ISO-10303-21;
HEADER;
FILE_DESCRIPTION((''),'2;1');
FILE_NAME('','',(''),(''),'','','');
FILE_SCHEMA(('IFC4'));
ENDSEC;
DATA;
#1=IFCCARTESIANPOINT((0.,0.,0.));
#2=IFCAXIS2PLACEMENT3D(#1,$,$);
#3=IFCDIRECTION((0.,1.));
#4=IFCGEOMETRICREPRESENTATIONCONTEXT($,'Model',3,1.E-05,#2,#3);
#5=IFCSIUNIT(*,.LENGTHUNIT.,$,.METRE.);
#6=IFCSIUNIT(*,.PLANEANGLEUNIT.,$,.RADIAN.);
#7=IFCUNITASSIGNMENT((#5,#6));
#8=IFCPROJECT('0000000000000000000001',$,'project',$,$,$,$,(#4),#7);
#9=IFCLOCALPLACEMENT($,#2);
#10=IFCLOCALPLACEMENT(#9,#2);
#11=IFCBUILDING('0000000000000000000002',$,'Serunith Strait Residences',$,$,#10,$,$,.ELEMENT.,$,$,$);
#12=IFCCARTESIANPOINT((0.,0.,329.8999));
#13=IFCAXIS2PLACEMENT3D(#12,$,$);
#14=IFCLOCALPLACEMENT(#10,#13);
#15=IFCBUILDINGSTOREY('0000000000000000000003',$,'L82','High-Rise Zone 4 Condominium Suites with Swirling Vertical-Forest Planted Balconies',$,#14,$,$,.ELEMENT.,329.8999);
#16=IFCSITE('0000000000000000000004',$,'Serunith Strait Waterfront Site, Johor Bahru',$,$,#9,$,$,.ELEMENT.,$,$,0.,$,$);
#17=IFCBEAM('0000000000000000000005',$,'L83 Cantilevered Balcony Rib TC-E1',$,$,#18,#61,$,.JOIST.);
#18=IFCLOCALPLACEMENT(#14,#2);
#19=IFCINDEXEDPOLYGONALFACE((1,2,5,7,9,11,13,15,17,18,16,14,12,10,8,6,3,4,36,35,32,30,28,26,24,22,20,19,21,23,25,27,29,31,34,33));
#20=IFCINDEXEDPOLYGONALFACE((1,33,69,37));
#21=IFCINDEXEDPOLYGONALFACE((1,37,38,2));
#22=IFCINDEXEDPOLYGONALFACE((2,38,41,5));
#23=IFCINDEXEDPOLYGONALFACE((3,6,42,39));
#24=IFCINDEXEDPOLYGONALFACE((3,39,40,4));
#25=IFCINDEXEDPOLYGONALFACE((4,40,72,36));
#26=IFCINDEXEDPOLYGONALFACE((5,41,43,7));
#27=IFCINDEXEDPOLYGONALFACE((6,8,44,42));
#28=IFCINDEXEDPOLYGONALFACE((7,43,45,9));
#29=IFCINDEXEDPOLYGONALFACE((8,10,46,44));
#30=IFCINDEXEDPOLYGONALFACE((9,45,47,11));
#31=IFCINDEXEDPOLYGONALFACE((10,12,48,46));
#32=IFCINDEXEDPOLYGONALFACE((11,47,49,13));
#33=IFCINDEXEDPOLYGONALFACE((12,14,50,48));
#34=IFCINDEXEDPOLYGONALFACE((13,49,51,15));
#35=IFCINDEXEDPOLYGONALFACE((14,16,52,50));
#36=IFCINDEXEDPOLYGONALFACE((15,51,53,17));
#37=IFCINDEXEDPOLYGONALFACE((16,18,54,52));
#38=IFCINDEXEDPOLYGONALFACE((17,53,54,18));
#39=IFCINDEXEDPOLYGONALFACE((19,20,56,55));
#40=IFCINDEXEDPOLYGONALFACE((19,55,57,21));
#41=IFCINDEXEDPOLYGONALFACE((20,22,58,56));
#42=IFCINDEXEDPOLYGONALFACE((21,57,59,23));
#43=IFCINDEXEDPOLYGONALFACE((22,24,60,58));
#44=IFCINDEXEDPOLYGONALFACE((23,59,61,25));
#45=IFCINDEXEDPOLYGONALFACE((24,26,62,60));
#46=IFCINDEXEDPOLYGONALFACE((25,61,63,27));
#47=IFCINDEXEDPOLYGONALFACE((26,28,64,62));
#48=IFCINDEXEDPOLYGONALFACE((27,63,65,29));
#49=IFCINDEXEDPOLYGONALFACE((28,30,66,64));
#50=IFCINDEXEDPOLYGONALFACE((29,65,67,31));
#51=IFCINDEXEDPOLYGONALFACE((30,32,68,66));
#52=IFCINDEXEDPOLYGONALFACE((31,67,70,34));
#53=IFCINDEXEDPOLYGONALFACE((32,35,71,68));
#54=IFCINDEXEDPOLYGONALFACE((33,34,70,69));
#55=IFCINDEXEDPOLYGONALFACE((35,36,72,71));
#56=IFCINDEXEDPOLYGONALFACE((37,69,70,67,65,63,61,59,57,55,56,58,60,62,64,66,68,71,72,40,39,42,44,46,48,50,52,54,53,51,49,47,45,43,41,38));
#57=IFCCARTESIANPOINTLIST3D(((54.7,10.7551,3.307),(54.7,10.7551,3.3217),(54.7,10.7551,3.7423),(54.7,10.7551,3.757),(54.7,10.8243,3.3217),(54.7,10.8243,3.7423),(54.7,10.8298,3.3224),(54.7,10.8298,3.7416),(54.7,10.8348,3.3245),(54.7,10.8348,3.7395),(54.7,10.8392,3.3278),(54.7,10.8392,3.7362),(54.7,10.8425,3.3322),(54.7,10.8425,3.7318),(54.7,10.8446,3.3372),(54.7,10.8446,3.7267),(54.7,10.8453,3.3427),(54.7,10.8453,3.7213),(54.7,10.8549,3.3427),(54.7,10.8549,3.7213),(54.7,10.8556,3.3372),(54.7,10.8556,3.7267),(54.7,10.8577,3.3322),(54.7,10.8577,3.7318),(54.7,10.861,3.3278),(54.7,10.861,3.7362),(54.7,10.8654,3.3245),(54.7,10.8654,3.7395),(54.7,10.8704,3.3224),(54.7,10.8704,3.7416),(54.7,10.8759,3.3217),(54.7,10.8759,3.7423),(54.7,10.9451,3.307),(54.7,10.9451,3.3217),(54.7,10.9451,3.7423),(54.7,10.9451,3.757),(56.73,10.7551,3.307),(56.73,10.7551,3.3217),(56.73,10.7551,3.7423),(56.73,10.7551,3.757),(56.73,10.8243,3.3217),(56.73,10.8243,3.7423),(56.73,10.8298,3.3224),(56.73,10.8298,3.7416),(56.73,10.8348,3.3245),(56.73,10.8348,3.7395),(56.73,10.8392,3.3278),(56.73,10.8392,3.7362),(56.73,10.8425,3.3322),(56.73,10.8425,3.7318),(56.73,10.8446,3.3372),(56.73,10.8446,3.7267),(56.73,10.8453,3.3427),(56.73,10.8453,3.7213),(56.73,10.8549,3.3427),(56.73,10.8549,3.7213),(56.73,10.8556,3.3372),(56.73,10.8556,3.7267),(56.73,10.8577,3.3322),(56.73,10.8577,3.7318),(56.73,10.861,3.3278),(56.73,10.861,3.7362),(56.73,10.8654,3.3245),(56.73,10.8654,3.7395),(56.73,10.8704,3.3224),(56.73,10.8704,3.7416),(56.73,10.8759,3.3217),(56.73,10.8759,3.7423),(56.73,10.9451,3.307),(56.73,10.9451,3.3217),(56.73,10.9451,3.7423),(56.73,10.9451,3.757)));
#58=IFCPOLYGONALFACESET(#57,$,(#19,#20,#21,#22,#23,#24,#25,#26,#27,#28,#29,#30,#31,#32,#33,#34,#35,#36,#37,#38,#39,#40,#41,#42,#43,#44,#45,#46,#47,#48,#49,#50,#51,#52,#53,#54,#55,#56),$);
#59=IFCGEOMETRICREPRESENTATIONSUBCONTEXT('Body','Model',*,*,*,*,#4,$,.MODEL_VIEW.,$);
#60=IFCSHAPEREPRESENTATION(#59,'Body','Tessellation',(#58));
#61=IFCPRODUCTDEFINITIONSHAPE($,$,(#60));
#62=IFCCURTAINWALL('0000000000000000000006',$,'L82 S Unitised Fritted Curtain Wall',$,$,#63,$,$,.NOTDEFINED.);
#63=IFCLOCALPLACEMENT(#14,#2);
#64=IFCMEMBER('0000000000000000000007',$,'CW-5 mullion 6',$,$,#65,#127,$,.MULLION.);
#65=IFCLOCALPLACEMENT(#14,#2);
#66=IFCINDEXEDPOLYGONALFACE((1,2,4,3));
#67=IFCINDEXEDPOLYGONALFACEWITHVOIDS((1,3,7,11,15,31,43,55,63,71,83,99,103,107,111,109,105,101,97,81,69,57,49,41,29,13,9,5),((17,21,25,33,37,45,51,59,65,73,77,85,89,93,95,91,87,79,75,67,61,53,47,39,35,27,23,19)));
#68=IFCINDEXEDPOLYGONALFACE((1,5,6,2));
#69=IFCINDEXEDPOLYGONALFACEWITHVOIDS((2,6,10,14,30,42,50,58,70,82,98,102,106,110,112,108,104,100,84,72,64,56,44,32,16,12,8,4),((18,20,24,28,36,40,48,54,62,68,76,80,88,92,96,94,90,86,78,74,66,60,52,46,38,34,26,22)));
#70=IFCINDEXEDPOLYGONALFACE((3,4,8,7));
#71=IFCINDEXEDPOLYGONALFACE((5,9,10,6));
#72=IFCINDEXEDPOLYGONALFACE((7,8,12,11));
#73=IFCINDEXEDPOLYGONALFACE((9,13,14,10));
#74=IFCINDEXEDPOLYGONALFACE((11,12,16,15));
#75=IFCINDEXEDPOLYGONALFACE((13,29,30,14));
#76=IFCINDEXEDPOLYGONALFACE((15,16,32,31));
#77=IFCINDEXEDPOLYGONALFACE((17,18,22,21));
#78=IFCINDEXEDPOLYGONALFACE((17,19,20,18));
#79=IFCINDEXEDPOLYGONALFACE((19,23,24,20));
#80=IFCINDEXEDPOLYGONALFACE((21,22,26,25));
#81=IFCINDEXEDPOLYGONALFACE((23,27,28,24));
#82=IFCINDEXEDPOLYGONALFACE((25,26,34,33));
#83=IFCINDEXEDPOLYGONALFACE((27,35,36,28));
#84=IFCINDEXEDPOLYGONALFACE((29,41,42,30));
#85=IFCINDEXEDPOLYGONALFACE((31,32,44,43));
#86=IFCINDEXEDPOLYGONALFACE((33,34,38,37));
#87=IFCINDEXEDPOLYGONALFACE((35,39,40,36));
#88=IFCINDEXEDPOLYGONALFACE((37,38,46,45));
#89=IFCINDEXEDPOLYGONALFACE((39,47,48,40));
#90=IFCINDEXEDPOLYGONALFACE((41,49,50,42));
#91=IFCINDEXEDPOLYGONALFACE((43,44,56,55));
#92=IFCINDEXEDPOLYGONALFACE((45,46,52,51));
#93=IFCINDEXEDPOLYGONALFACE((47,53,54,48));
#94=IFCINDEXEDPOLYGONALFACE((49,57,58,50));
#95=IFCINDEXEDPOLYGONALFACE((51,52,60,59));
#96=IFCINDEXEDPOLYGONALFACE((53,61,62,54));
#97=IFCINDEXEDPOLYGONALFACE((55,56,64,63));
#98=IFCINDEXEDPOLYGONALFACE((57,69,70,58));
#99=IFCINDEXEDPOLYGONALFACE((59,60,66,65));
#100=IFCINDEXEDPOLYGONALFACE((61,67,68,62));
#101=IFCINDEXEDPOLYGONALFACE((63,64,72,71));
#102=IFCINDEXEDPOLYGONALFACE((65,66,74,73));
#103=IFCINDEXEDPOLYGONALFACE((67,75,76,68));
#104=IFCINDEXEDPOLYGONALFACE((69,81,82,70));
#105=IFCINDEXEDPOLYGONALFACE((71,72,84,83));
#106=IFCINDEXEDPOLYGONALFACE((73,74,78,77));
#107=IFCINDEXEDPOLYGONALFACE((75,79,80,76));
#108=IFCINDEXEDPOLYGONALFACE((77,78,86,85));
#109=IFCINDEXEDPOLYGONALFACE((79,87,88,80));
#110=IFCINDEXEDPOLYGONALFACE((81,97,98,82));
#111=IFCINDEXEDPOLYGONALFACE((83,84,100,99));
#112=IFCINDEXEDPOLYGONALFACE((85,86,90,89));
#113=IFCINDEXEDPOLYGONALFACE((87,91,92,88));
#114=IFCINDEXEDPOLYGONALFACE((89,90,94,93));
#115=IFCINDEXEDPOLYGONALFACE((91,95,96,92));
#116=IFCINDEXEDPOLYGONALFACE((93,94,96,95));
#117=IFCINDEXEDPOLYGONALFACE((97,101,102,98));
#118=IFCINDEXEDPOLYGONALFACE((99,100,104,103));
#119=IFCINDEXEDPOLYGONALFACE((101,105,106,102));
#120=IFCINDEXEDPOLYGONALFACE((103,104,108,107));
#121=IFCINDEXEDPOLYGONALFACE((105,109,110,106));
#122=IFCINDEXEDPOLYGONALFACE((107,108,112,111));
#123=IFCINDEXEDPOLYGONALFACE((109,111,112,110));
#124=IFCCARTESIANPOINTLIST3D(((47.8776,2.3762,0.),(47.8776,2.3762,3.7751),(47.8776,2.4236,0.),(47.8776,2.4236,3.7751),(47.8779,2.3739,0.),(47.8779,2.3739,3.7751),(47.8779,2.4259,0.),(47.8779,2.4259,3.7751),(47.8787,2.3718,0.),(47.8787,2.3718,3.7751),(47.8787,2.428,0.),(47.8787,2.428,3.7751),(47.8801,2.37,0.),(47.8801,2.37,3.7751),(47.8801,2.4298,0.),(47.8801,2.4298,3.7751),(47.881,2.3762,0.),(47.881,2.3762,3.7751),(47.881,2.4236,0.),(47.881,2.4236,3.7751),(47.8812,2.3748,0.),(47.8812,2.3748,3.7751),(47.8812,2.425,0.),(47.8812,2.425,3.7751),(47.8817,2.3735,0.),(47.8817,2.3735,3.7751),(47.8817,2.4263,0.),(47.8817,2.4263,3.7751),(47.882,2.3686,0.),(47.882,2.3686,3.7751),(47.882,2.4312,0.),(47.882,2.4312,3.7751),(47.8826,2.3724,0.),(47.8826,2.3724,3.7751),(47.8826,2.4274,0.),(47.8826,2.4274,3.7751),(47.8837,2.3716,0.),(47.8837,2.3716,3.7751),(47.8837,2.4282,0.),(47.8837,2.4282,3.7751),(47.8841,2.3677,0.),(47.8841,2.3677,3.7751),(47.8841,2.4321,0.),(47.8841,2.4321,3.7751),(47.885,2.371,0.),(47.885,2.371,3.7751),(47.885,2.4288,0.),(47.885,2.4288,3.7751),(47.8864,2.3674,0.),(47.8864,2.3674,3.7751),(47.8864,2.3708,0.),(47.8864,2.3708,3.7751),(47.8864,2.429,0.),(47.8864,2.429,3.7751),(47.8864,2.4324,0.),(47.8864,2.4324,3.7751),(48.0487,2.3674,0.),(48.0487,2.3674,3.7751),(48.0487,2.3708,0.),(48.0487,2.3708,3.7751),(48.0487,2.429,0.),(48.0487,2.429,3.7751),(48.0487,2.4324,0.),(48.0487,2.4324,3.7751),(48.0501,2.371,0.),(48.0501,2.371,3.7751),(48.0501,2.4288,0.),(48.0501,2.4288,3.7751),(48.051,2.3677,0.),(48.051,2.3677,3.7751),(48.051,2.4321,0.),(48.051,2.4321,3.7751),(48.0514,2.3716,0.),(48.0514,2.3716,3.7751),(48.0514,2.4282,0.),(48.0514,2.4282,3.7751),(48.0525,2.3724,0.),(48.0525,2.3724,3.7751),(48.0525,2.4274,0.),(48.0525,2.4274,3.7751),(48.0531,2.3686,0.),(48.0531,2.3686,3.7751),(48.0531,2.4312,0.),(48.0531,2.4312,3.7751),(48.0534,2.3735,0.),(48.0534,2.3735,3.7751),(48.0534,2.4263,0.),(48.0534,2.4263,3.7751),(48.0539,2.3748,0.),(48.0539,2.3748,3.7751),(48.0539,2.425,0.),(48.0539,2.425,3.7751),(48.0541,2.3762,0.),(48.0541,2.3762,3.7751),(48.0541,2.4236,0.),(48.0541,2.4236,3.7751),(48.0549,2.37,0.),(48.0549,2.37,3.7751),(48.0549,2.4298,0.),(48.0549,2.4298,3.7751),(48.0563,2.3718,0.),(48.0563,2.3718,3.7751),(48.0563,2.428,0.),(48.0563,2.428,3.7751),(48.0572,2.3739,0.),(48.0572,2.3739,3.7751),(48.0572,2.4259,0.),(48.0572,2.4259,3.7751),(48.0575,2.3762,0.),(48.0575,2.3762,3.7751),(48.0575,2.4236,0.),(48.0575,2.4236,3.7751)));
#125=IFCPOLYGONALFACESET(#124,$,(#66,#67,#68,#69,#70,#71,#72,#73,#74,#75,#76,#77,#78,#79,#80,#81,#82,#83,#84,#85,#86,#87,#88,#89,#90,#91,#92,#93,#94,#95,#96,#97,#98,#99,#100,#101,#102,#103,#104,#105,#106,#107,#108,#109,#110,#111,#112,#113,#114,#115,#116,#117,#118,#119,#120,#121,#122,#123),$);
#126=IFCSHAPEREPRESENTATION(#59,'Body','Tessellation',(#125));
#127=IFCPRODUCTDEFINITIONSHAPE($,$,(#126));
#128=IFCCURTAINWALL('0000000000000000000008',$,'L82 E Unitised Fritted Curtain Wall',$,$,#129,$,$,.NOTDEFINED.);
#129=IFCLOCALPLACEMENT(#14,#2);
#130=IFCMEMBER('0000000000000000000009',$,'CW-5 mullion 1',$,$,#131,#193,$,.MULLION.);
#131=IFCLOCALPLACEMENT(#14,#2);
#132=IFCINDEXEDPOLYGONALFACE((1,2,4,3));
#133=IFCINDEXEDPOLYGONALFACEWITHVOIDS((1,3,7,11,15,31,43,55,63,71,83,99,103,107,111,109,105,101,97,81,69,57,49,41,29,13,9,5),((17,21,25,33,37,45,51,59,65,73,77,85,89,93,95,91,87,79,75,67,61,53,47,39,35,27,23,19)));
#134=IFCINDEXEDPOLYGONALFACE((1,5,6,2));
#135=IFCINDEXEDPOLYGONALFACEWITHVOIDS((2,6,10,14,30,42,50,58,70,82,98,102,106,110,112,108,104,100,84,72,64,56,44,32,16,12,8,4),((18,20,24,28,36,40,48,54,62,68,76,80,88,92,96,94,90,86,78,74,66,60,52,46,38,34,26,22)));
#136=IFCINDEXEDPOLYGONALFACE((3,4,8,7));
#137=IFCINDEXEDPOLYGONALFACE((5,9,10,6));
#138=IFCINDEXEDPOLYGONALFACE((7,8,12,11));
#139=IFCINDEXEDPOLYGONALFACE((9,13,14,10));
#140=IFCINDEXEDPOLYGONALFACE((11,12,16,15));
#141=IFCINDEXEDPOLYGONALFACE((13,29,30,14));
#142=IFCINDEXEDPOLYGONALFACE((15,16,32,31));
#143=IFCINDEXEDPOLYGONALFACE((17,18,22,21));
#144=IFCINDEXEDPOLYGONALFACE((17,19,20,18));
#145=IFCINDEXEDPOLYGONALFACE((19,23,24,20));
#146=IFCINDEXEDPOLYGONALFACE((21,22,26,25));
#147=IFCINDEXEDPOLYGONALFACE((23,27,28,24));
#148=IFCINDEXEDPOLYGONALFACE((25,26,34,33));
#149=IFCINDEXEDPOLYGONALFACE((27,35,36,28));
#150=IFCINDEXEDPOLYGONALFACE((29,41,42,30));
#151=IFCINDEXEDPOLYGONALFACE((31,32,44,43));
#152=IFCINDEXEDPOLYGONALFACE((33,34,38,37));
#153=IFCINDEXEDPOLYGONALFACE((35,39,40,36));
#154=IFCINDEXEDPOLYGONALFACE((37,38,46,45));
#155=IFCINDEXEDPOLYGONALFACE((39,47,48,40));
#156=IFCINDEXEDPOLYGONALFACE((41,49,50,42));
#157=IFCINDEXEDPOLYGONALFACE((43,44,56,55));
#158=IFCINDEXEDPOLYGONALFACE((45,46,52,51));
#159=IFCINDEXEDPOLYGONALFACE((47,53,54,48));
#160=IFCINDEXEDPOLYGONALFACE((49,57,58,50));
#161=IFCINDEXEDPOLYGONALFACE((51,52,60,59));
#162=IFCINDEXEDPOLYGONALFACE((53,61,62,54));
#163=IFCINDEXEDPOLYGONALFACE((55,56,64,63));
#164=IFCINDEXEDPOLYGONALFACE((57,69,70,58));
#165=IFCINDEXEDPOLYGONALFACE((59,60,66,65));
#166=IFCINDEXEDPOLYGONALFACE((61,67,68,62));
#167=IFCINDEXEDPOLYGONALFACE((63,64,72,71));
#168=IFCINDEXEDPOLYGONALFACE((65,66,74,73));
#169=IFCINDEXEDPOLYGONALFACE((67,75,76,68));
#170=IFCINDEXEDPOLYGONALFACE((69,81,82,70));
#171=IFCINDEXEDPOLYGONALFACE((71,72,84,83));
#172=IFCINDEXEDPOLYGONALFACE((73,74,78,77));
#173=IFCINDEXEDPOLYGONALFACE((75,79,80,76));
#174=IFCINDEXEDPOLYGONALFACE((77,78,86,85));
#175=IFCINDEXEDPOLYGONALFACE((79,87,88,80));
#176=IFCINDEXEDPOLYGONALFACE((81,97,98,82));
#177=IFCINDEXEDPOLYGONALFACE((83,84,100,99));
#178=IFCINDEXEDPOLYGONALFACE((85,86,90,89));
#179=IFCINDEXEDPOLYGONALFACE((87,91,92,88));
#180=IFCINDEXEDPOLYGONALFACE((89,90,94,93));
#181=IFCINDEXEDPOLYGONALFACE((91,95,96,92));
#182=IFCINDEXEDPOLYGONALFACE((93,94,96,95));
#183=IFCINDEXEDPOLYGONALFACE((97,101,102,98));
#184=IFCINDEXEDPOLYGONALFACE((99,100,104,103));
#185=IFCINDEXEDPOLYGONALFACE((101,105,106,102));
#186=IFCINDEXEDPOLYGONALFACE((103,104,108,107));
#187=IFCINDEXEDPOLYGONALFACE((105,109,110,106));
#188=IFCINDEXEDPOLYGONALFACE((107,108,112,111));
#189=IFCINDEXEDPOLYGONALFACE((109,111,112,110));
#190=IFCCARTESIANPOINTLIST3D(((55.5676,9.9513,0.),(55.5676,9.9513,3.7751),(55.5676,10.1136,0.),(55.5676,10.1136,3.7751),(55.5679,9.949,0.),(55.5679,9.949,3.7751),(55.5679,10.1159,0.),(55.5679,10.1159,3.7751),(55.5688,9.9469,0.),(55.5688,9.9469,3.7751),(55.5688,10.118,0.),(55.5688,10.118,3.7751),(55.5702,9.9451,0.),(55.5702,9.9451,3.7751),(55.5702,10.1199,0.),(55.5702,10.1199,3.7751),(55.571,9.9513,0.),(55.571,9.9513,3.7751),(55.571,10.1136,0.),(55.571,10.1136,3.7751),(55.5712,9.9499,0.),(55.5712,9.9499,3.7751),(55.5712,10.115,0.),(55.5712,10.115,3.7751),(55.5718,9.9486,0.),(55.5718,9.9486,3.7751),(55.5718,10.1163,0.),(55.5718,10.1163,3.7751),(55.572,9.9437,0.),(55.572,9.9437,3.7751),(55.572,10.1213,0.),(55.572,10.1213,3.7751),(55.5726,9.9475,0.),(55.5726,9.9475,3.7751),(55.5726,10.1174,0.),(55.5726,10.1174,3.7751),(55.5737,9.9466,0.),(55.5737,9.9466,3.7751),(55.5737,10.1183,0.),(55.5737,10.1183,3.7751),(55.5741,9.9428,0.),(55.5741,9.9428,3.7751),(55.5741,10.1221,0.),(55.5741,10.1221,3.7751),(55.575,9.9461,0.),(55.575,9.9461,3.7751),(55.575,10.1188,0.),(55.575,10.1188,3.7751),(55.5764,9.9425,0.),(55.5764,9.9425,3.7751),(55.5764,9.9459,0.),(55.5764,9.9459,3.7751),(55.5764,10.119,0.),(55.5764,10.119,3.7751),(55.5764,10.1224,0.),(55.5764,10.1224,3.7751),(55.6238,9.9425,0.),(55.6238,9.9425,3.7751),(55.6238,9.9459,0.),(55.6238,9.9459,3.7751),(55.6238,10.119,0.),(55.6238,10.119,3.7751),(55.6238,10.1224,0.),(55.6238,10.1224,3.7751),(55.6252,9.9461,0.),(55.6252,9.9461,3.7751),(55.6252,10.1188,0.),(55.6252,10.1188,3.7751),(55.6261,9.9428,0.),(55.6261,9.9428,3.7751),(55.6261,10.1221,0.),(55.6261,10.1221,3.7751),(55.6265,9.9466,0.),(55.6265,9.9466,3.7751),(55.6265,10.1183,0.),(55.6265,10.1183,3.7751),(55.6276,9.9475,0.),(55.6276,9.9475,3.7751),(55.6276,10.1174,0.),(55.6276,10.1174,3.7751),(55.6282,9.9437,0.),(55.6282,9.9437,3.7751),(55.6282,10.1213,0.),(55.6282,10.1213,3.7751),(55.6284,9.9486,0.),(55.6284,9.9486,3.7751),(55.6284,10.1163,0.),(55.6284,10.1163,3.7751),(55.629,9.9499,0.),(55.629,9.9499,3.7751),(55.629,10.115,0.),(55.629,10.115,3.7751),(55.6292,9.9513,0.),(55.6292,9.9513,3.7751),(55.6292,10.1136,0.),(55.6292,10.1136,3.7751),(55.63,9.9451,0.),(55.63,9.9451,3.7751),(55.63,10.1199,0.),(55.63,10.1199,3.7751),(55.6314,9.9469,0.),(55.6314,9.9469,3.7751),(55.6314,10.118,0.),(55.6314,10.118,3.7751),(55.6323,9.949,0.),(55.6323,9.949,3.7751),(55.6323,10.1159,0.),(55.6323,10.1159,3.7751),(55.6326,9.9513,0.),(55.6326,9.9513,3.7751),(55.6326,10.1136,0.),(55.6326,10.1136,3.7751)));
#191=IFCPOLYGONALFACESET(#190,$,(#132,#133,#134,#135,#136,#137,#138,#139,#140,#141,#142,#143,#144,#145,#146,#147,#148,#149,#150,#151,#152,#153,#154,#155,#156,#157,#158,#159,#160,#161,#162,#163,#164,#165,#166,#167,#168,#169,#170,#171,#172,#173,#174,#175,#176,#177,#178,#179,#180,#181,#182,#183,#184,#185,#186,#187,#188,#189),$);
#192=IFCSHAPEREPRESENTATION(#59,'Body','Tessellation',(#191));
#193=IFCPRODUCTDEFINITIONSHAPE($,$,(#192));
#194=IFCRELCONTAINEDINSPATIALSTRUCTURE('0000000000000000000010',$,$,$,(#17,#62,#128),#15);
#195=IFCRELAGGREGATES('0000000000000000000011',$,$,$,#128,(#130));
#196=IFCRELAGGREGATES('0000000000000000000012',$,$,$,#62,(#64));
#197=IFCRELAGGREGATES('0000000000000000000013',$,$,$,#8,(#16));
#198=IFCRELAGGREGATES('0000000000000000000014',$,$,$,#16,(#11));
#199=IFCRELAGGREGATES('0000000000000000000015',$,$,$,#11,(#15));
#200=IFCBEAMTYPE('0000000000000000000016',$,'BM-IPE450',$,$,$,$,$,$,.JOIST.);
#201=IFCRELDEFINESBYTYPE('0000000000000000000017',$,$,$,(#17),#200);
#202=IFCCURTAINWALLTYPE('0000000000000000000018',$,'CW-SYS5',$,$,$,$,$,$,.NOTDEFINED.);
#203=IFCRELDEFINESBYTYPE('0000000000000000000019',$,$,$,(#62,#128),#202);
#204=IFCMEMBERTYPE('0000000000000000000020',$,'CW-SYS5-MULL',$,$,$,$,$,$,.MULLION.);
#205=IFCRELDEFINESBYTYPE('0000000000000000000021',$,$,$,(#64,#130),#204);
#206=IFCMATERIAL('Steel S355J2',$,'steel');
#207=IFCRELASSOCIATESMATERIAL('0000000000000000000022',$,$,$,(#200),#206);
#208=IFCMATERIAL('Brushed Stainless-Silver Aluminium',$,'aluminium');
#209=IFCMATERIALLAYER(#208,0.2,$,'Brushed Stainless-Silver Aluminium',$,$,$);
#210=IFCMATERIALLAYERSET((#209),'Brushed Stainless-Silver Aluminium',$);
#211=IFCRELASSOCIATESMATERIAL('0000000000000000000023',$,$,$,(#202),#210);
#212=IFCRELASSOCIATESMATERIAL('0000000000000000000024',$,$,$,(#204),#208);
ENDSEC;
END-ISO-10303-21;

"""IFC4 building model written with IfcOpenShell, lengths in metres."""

from ifc_helpers import new_model, si_unit, direction, frame, origin, origin_2d, place, context, subcontext, project, spatial, hollow_rectangle, i_section, extrude, source, transform, mapped, material, layer, layer_set, material_profile, profile_set, type_object, element, aggregate, save


model = new_model("IFC4")

# Units and contexts
model_context = context("Model", 3, precision=1e-05, world=origin(), true_north=direction((0.0, 1.0)))
body_context = subcontext(model_context, "Body", "Model", "MODEL_VIEW")
ifc_project = project(units=[si_unit("LENGTHUNIT", "METRE"), si_unit("PLANEANGLEUNIT", "RADIAN")], contexts=[model_context])

# Site, building, storey
site_placement = place(None, origin())
site = spatial("IfcSite", under=ifc_project, at=site_placement, Name="Serunith Strait Waterfront Site, Johor Bahru", CompositionType="ELEMENT", RefElevation=0.0)
building_placement = place(site_placement, origin())
building = spatial("IfcBuilding", under=site, at=building_placement, Name="Serunith Strait Residences", CompositionType="ELEMENT")
storey_placement = place(building_placement, frame((0.0, 0.0, 329.8999)))
storey = spatial("IfcBuildingStorey", under=building, at=storey_placement, Name="L82", Description="High-Rise Zone 4 Condominium Suites with Swirling Vertical-Forest Planted Balconies", CompositionType="ELEMENT", Elevation=329.8999)

# Beam
ifc_material_1 = material(Name="Steel S355J2", Category="steel")
ifc_material_profile_1 = material_profile(ifc_material_1, i_section(OverallWidth=0.1899, OverallDepth=0.45, WebThickness=0.0095, FlangeThickness=0.0146, FilletRadius=0.021, at=origin_2d()), Name="IPE 450")
ifc_profile_set_1 = profile_set([ifc_material_profile_1], Name="Steel S355J2")
beam_type_1 = type_object("IfcBeamType", Name="BM-IPE450", PredefinedType="JOIST", material=ifc_profile_set_1)
shared_shape_1 = source(origin(), body_context, "Body", "SweptSolid", [
    extrude(i_section(OverallWidth=0.1899, OverallDepth=0.45, WebThickness=0.0095, FlangeThickness=0.0146, FilletRadius=0.021, at=origin_2d()), origin(), (0.0, 0.0, 1.0), 2.03),
])
for number, where, z_axis, x_axis, name in (
    (1, (54.7, 10.8501, 3.532), (1.0, 0.0, 0.0), (0.0, 1.0, 0.0), "L83 Cantilevered Balcony Rib TC-E1"),
):
    element("IfcBeam", number, at=place(storey_placement, frame(where, z_axis=z_axis, x_axis=x_axis)), inside=storey, type_object=beam_type_1, Name=name, PredefinedType="JOIST", context=body_context, shape_type="MappedRepresentation", body=[
        mapped(shared_shape_1, transform((0.0, 0.0, 0.0), scale=1.0)),
    ])

# Curtain walls, members
ifc_material_2 = material(Name="Brushed Stainless-Silver Aluminium", Category="aluminium")
ifc_layer_1 = layer(ifc_material_2, 0.2, Name="Brushed Stainless-Silver Aluminium")
ifc_layer_set_1 = layer_set([ifc_layer_1], Name="Brushed Stainless-Silver Aluminium")
curtain_wall_type = type_object("IfcCurtainWallType", Name="CW-SYS5", PredefinedType="NOTDEFINED", material=ifc_layer_set_1)
curtain_wall_1_placement = place(storey_placement, origin())
curtain_wall_1 = element("IfcCurtainWall", 2, at=curtain_wall_1_placement, inside=storey, type_object=curtain_wall_type, Name="L82 S Unitised Fritted Curtain Wall", PredefinedType="NOTDEFINED")
ifc_material_profile_2 = material_profile(ifc_material_2, hollow_rectangle(XDim=0.0649, YDim=0.1799, WallThickness=0.0034, InnerFilletRadius=0.0054, OuterFilletRadius=0.0088, at=origin_2d()), Name="ALU 180x65x3.5")
ifc_profile_set_2 = profile_set([ifc_material_profile_2], Name="Brushed Stainless-Silver Aluminium")
member_type_1 = type_object("IfcMemberType", Name="CW-SYS5-MULL", PredefinedType="MULLION", material=ifc_profile_set_2)
shared_shape_2 = source(origin(), body_context, "Body", "SweptSolid", [
    extrude(hollow_rectangle(XDim=0.0649, YDim=0.1799, WallThickness=0.0034, InnerFilletRadius=0.0054, OuterFilletRadius=0.0088, at=origin_2d()), origin(), (0.0, 0.0, 1.0), 3.7751),
])
member_1_placement = place(storey_placement, frame((47.9675, 2.3999, 0.0), z_axis=(0.0, 0.0, 1.0), x_axis=(0.0, 1.0, 0.0)))
member_1 = element("IfcMember", 3, at=member_1_placement, type_object=member_type_1, Name="CW-5 mullion 6", PredefinedType="MULLION", context=body_context, shape_type="MappedRepresentation", body=[
    mapped(shared_shape_2, transform((0.0, 0.0, 0.0), scale=1.0)),
])
curtain_wall_2_placement = place(storey_placement, origin())
curtain_wall_2 = element("IfcCurtainWall", 4, at=curtain_wall_2_placement, inside=storey, type_object=curtain_wall_type, Name="L82 E Unitised Fritted Curtain Wall", PredefinedType="NOTDEFINED")
member_2_placement = place(storey_placement, frame((55.6001, 10.0325, 0.0), z_axis=(0.0, 0.0, 1.0), x_axis=(-1.0, 0.0, 0.0)))
member_2 = element("IfcMember", 5, at=member_2_placement, type_object=member_type_1, Name="CW-5 mullion 1", PredefinedType="MULLION", context=body_context, shape_type="MappedRepresentation", body=[
    mapped(shared_shape_2, transform((0.0, 0.0, 0.0), scale=1.0)),
])

aggregate(curtain_wall_2, [member_2])

aggregate(curtain_wall_1, [member_1])

save(model, "model.ifc")
